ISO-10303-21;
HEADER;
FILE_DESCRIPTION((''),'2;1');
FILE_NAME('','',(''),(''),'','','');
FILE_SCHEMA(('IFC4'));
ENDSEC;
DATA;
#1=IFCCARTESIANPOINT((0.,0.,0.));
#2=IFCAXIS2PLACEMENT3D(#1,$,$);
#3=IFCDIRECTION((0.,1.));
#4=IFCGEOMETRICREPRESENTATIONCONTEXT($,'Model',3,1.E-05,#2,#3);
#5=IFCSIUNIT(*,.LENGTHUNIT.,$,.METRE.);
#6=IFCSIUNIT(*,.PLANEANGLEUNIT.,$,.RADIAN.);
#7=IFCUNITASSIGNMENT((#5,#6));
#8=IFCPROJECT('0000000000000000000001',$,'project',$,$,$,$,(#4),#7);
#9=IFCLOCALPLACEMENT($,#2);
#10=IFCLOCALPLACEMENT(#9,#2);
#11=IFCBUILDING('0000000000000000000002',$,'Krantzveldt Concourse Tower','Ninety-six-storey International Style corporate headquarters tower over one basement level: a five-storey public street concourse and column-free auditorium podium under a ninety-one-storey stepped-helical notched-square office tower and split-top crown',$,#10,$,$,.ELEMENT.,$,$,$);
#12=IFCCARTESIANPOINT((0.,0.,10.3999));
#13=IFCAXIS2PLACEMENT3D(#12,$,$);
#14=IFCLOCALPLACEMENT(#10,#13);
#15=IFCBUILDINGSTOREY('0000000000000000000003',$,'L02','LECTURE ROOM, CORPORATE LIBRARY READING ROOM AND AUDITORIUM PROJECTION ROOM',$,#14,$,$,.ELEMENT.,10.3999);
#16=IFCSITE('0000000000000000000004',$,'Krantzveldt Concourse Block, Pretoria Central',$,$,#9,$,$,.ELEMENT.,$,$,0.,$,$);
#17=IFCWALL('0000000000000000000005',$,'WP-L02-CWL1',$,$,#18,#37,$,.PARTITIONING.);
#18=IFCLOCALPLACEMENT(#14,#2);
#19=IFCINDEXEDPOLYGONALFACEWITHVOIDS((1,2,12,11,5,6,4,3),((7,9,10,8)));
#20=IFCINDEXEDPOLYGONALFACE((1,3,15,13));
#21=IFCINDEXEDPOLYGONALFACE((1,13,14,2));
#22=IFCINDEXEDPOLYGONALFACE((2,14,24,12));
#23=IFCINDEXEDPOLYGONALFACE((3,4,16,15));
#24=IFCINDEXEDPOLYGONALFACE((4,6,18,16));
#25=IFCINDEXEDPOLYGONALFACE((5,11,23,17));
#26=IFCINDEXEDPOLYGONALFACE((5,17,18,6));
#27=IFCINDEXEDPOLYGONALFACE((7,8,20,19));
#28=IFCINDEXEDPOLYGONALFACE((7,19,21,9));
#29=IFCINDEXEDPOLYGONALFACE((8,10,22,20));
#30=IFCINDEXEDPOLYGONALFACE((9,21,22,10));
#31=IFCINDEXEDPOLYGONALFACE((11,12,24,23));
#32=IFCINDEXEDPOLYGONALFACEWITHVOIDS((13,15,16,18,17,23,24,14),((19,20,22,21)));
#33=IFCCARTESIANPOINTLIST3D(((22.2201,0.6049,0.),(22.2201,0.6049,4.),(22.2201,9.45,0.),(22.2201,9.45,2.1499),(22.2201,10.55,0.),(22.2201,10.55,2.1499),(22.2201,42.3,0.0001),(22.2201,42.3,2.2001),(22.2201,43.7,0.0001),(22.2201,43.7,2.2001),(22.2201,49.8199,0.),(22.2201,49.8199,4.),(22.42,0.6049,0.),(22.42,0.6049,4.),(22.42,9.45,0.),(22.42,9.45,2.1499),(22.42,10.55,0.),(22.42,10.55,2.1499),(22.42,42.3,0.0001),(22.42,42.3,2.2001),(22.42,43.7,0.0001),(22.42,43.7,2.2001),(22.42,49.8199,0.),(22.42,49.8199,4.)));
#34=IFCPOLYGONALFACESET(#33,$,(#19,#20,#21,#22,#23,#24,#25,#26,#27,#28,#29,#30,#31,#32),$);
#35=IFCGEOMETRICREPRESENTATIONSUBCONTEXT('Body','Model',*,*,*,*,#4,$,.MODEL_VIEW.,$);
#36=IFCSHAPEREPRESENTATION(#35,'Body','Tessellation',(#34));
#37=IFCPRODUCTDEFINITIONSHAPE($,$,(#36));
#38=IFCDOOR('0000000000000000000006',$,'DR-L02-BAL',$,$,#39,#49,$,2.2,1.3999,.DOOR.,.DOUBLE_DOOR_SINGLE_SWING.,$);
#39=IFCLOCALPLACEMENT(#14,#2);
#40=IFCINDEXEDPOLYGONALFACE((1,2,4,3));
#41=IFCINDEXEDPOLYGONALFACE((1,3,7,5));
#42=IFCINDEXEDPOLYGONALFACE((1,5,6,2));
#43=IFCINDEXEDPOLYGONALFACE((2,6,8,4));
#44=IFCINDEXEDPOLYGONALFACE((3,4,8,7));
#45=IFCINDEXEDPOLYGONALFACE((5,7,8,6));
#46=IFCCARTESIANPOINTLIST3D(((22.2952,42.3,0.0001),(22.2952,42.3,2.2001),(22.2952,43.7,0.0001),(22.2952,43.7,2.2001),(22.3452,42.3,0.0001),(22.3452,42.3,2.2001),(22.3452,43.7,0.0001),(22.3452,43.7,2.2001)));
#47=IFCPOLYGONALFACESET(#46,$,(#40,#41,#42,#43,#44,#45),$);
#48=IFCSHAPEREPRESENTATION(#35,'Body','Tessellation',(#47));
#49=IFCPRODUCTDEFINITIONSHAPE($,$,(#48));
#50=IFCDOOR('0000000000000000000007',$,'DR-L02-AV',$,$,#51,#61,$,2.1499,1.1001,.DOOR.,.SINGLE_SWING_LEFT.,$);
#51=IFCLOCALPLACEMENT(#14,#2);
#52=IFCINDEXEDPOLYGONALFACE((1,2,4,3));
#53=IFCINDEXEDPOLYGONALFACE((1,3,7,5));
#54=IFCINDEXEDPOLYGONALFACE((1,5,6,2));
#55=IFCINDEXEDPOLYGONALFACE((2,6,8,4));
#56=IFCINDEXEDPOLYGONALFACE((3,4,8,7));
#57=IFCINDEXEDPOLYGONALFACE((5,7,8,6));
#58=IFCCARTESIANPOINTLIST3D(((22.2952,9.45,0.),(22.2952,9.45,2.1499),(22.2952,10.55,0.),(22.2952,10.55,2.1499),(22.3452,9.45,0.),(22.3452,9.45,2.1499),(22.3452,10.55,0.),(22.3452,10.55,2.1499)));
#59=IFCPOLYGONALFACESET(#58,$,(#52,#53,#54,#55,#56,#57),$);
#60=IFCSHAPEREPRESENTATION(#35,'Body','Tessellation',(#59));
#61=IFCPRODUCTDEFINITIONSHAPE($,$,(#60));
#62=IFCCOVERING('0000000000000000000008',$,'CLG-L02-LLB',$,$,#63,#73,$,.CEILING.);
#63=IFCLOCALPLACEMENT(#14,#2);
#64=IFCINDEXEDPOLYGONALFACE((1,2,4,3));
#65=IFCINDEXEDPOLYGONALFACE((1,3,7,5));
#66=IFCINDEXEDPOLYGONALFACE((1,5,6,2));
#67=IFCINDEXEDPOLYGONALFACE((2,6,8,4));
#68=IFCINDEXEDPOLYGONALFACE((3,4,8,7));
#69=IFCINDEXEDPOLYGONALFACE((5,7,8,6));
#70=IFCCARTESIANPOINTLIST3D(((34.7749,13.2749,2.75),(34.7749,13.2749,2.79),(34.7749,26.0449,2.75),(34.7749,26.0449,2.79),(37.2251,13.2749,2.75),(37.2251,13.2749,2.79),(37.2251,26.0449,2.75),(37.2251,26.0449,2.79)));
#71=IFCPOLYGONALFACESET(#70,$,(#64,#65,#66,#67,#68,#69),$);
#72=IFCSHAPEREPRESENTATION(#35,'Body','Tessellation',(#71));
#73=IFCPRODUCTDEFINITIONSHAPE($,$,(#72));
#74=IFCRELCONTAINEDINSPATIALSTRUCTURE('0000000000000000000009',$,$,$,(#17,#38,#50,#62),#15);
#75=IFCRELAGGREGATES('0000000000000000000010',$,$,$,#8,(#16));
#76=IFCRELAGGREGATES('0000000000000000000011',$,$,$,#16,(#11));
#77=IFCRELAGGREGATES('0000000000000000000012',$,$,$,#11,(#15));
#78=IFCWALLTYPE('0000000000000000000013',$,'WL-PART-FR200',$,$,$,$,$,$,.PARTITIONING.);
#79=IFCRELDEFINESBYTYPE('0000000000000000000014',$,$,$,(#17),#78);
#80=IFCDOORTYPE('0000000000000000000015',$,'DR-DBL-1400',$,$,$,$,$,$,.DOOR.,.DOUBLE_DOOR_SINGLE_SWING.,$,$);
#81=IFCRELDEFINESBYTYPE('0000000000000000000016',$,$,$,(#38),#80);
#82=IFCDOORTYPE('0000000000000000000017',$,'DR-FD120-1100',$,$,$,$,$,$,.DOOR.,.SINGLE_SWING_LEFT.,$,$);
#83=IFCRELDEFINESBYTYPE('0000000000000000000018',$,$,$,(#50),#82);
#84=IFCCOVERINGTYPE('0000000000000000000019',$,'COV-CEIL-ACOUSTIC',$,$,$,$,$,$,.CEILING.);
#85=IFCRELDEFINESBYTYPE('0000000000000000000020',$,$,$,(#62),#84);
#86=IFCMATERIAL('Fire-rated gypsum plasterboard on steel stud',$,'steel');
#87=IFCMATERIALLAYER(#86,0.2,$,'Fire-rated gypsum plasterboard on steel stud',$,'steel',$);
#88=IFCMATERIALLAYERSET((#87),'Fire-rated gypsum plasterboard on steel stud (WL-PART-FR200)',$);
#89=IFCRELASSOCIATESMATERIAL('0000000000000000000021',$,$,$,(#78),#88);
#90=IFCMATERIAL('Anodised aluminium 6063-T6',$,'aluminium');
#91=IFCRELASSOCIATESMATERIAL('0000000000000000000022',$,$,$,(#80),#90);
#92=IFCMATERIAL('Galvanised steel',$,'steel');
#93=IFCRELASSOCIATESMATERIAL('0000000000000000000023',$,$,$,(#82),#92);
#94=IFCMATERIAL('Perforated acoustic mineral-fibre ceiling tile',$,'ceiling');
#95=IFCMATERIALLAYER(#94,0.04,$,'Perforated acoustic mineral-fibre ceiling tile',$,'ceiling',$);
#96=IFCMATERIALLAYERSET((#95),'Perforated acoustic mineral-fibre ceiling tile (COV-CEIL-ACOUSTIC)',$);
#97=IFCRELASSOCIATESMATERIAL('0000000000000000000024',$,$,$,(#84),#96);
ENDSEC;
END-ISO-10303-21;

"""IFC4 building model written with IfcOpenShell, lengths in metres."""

from ifc_helpers import new_model, si_unit, direction, frame, frame_2d, origin, place, context, subcontext, project, spatial, polyline, rectangle, outline, extrude, material, layer, layer_set, type_object, element, fill, save


model = new_model("IFC4")

# Units and contexts
model_context = context("Model", 3, precision=1e-05, world=origin(), true_north=direction((0.0, 1.0)))
body_context = subcontext(model_context, "Body", "Model", "MODEL_VIEW")
ifc_project = project(units=[si_unit("LENGTHUNIT", "METRE"), si_unit("PLANEANGLEUNIT", "RADIAN")], contexts=[model_context])

# Site, building, storey
site_placement = place(None, origin())
site = spatial("IfcSite", under=ifc_project, at=site_placement, Name="Krantzveldt Concourse Block, Pretoria Central", CompositionType="ELEMENT", RefElevation=0.0)
building_placement = place(site_placement, origin())
building = spatial("IfcBuilding", under=site, at=building_placement, Name="Krantzveldt Concourse Tower", Description="Ninety-six-storey International Style corporate headquarters tower over one basement level: a five-storey public street concourse and column-free auditorium podium under a ninety-one-storey stepped-helical notched-square office tower and split-top crown", CompositionType="ELEMENT")
storey_placement = place(building_placement, frame((0.0, 0.0, 10.3999)))
storey = spatial("IfcBuildingStorey", under=building, at=storey_placement, Name="L02", Description="LECTURE ROOM, CORPORATE LIBRARY READING ROOM AND AUDITORIUM PROJECTION ROOM", CompositionType="ELEMENT", Elevation=10.3999)

# Shared definitions
ifc_material_1 = material(Name="Fire-rated gypsum plasterboard on steel stud", Category="steel")

# Wall, openings, doors
ifc_layer_1 = layer(ifc_material_1, 0.2, Name="Fire-rated gypsum plasterboard on steel stud", Category="steel")
ifc_layer_set_1 = layer_set([ifc_layer_1], Name="Fire-rated gypsum plasterboard on steel stud (WL-PART-FR200)")
wall_type_1 = type_object("IfcWallType", Name="WL-PART-FR200", PredefinedType="PARTITIONING", material=ifc_layer_set_1)
wall_1_placement = place(storey_placement, frame((22.3201, 0.605, 0.0), z_axis=(0.0, 0.0, 1.0), x_axis=(0.0, 1.0, 0.0)))
wall_1 = element("IfcWall", 1, at=wall_1_placement, inside=storey, type_object=wall_type_1, Name="WP-L02-CWL1", PredefinedType="PARTITIONING", context=body_context, shape_type="SweptSolid", body=[
    extrude(rectangle(XDim=49.2151, YDim=0.2, at=frame_2d((24.6074, 0.0))), origin(), (0.0, 0.0, 1.0), 4.0),
])
opening_1_placement = place(wall_1_placement, frame((41.6951, 0.0, 0.0)))
opening_1 = element("IfcOpeningElement", 2, at=opening_1_placement, cuts=wall_1, PredefinedType="OPENING", context=body_context, shape_type="SweptSolid", body=[
    extrude(rectangle(XDim=1.3999, YDim=2.2, at=frame_2d((0.7, 1.1001))), frame((0.0, 0.1099, 0.0), z_axis=(0.0, -1.0, 0.0), x_axis=(1.0, 0.0, 0.0)), (0.0, 0.0, 1.0), 0.22),
])
opening_2_placement = place(wall_1_placement, frame((8.845, 0.0, 0.0)))
opening_2 = element("IfcOpeningElement", 3, at=opening_2_placement, cuts=wall_1, PredefinedType="OPENING", context=body_context, shape_type="SweptSolid", body=[
    extrude(rectangle(XDim=1.1001, YDim=2.1499, at=frame_2d((0.55, 1.075))), frame((0.0, 0.1099, 0.0), z_axis=(0.0, -1.0, 0.0), x_axis=(1.0, 0.0, 0.0)), (0.0, 0.0, 1.0), 0.22),
])
ifc_material_2 = material(Name="Anodised aluminium 6063-T6", Category="aluminium")
door_type_1 = type_object("IfcDoorType", Name="DR-DBL-1400", OperationType="DOUBLE_DOOR_SINGLE_SWING", PredefinedType="DOOR", material=ifc_material_2)
door_1_placement = place(opening_1_placement, origin())
door_1 = element("IfcDoor", 4, at=door_1_placement, inside=storey, type_object=door_type_1, Name="DR-L02-BAL", OperationType="DOUBLE_DOOR_SINGLE_SWING", OverallHeight=2.2, OverallWidth=1.3999, PredefinedType="DOOR", context=body_context, shape_type="SweptSolid", body=[
    extrude(rectangle(XDim=1.3999, YDim=2.2, at=frame_2d((0.7, 1.1001))), frame((0.0, 0.0249, 0.0), z_axis=(0.0, -1.0, 0.0), x_axis=(1.0, 0.0, 0.0)), (0.0, 0.0, 1.0), 0.05),
])
fill(opening_1, door_1)
ifc_material_3 = material(Name="Galvanised steel", Category="steel")
door_type_2 = type_object("IfcDoorType", Name="DR-FD120-1100", OperationType="SINGLE_SWING_LEFT", PredefinedType="DOOR", material=ifc_material_3)
door_2_placement = place(opening_2_placement, origin())
door_2 = element("IfcDoor", 5, at=door_2_placement, inside=storey, type_object=door_type_2, Name="DR-L02-AV", OperationType="SINGLE_SWING_LEFT", OverallHeight=2.1499, OverallWidth=1.1001, PredefinedType="DOOR", context=body_context, shape_type="SweptSolid", body=[
    extrude(rectangle(XDim=1.1001, YDim=2.1499, at=frame_2d((0.55, 1.075))), frame((0.0, 0.0249, 0.0), z_axis=(0.0, -1.0, 0.0), x_axis=(1.0, 0.0, 0.0)), (0.0, 0.0, 1.0), 0.05),
])
fill(opening_2, door_2)

# Covering
ifc_material_4 = material(Name="Perforated acoustic mineral-fibre ceiling tile", Category="ceiling")
ifc_layer_2 = layer(ifc_material_4, 0.04, Name="Perforated acoustic mineral-fibre ceiling tile", Category="ceiling")
ifc_layer_set_2 = layer_set([ifc_layer_2], Name="Perforated acoustic mineral-fibre ceiling tile (COV-CEIL-ACOUSTIC)")
covering_type = type_object("IfcCoveringType", Name="COV-CEIL-ACOUSTIC", PredefinedType="CEILING", material=ifc_layer_set_2)
covering_placement = place(storey_placement, frame((0.0, 0.0, 2.75)))
element("IfcCovering", 6, at=covering_placement, inside=storey, type_object=covering_type, Name="CLG-L02-LLB", PredefinedType="CEILING", context=body_context, shape_type="SweptSolid", body=[
    extrude(outline(polyline([(34.7749, 13.2749), (34.7749, 26.0449), (37.2251, 26.0449), (37.2251, 13.2749), (34.7749, 13.2749)])), origin(), (0.0, 0.0, 1.0), 0.04),
])

save(model, "model.ifc")
